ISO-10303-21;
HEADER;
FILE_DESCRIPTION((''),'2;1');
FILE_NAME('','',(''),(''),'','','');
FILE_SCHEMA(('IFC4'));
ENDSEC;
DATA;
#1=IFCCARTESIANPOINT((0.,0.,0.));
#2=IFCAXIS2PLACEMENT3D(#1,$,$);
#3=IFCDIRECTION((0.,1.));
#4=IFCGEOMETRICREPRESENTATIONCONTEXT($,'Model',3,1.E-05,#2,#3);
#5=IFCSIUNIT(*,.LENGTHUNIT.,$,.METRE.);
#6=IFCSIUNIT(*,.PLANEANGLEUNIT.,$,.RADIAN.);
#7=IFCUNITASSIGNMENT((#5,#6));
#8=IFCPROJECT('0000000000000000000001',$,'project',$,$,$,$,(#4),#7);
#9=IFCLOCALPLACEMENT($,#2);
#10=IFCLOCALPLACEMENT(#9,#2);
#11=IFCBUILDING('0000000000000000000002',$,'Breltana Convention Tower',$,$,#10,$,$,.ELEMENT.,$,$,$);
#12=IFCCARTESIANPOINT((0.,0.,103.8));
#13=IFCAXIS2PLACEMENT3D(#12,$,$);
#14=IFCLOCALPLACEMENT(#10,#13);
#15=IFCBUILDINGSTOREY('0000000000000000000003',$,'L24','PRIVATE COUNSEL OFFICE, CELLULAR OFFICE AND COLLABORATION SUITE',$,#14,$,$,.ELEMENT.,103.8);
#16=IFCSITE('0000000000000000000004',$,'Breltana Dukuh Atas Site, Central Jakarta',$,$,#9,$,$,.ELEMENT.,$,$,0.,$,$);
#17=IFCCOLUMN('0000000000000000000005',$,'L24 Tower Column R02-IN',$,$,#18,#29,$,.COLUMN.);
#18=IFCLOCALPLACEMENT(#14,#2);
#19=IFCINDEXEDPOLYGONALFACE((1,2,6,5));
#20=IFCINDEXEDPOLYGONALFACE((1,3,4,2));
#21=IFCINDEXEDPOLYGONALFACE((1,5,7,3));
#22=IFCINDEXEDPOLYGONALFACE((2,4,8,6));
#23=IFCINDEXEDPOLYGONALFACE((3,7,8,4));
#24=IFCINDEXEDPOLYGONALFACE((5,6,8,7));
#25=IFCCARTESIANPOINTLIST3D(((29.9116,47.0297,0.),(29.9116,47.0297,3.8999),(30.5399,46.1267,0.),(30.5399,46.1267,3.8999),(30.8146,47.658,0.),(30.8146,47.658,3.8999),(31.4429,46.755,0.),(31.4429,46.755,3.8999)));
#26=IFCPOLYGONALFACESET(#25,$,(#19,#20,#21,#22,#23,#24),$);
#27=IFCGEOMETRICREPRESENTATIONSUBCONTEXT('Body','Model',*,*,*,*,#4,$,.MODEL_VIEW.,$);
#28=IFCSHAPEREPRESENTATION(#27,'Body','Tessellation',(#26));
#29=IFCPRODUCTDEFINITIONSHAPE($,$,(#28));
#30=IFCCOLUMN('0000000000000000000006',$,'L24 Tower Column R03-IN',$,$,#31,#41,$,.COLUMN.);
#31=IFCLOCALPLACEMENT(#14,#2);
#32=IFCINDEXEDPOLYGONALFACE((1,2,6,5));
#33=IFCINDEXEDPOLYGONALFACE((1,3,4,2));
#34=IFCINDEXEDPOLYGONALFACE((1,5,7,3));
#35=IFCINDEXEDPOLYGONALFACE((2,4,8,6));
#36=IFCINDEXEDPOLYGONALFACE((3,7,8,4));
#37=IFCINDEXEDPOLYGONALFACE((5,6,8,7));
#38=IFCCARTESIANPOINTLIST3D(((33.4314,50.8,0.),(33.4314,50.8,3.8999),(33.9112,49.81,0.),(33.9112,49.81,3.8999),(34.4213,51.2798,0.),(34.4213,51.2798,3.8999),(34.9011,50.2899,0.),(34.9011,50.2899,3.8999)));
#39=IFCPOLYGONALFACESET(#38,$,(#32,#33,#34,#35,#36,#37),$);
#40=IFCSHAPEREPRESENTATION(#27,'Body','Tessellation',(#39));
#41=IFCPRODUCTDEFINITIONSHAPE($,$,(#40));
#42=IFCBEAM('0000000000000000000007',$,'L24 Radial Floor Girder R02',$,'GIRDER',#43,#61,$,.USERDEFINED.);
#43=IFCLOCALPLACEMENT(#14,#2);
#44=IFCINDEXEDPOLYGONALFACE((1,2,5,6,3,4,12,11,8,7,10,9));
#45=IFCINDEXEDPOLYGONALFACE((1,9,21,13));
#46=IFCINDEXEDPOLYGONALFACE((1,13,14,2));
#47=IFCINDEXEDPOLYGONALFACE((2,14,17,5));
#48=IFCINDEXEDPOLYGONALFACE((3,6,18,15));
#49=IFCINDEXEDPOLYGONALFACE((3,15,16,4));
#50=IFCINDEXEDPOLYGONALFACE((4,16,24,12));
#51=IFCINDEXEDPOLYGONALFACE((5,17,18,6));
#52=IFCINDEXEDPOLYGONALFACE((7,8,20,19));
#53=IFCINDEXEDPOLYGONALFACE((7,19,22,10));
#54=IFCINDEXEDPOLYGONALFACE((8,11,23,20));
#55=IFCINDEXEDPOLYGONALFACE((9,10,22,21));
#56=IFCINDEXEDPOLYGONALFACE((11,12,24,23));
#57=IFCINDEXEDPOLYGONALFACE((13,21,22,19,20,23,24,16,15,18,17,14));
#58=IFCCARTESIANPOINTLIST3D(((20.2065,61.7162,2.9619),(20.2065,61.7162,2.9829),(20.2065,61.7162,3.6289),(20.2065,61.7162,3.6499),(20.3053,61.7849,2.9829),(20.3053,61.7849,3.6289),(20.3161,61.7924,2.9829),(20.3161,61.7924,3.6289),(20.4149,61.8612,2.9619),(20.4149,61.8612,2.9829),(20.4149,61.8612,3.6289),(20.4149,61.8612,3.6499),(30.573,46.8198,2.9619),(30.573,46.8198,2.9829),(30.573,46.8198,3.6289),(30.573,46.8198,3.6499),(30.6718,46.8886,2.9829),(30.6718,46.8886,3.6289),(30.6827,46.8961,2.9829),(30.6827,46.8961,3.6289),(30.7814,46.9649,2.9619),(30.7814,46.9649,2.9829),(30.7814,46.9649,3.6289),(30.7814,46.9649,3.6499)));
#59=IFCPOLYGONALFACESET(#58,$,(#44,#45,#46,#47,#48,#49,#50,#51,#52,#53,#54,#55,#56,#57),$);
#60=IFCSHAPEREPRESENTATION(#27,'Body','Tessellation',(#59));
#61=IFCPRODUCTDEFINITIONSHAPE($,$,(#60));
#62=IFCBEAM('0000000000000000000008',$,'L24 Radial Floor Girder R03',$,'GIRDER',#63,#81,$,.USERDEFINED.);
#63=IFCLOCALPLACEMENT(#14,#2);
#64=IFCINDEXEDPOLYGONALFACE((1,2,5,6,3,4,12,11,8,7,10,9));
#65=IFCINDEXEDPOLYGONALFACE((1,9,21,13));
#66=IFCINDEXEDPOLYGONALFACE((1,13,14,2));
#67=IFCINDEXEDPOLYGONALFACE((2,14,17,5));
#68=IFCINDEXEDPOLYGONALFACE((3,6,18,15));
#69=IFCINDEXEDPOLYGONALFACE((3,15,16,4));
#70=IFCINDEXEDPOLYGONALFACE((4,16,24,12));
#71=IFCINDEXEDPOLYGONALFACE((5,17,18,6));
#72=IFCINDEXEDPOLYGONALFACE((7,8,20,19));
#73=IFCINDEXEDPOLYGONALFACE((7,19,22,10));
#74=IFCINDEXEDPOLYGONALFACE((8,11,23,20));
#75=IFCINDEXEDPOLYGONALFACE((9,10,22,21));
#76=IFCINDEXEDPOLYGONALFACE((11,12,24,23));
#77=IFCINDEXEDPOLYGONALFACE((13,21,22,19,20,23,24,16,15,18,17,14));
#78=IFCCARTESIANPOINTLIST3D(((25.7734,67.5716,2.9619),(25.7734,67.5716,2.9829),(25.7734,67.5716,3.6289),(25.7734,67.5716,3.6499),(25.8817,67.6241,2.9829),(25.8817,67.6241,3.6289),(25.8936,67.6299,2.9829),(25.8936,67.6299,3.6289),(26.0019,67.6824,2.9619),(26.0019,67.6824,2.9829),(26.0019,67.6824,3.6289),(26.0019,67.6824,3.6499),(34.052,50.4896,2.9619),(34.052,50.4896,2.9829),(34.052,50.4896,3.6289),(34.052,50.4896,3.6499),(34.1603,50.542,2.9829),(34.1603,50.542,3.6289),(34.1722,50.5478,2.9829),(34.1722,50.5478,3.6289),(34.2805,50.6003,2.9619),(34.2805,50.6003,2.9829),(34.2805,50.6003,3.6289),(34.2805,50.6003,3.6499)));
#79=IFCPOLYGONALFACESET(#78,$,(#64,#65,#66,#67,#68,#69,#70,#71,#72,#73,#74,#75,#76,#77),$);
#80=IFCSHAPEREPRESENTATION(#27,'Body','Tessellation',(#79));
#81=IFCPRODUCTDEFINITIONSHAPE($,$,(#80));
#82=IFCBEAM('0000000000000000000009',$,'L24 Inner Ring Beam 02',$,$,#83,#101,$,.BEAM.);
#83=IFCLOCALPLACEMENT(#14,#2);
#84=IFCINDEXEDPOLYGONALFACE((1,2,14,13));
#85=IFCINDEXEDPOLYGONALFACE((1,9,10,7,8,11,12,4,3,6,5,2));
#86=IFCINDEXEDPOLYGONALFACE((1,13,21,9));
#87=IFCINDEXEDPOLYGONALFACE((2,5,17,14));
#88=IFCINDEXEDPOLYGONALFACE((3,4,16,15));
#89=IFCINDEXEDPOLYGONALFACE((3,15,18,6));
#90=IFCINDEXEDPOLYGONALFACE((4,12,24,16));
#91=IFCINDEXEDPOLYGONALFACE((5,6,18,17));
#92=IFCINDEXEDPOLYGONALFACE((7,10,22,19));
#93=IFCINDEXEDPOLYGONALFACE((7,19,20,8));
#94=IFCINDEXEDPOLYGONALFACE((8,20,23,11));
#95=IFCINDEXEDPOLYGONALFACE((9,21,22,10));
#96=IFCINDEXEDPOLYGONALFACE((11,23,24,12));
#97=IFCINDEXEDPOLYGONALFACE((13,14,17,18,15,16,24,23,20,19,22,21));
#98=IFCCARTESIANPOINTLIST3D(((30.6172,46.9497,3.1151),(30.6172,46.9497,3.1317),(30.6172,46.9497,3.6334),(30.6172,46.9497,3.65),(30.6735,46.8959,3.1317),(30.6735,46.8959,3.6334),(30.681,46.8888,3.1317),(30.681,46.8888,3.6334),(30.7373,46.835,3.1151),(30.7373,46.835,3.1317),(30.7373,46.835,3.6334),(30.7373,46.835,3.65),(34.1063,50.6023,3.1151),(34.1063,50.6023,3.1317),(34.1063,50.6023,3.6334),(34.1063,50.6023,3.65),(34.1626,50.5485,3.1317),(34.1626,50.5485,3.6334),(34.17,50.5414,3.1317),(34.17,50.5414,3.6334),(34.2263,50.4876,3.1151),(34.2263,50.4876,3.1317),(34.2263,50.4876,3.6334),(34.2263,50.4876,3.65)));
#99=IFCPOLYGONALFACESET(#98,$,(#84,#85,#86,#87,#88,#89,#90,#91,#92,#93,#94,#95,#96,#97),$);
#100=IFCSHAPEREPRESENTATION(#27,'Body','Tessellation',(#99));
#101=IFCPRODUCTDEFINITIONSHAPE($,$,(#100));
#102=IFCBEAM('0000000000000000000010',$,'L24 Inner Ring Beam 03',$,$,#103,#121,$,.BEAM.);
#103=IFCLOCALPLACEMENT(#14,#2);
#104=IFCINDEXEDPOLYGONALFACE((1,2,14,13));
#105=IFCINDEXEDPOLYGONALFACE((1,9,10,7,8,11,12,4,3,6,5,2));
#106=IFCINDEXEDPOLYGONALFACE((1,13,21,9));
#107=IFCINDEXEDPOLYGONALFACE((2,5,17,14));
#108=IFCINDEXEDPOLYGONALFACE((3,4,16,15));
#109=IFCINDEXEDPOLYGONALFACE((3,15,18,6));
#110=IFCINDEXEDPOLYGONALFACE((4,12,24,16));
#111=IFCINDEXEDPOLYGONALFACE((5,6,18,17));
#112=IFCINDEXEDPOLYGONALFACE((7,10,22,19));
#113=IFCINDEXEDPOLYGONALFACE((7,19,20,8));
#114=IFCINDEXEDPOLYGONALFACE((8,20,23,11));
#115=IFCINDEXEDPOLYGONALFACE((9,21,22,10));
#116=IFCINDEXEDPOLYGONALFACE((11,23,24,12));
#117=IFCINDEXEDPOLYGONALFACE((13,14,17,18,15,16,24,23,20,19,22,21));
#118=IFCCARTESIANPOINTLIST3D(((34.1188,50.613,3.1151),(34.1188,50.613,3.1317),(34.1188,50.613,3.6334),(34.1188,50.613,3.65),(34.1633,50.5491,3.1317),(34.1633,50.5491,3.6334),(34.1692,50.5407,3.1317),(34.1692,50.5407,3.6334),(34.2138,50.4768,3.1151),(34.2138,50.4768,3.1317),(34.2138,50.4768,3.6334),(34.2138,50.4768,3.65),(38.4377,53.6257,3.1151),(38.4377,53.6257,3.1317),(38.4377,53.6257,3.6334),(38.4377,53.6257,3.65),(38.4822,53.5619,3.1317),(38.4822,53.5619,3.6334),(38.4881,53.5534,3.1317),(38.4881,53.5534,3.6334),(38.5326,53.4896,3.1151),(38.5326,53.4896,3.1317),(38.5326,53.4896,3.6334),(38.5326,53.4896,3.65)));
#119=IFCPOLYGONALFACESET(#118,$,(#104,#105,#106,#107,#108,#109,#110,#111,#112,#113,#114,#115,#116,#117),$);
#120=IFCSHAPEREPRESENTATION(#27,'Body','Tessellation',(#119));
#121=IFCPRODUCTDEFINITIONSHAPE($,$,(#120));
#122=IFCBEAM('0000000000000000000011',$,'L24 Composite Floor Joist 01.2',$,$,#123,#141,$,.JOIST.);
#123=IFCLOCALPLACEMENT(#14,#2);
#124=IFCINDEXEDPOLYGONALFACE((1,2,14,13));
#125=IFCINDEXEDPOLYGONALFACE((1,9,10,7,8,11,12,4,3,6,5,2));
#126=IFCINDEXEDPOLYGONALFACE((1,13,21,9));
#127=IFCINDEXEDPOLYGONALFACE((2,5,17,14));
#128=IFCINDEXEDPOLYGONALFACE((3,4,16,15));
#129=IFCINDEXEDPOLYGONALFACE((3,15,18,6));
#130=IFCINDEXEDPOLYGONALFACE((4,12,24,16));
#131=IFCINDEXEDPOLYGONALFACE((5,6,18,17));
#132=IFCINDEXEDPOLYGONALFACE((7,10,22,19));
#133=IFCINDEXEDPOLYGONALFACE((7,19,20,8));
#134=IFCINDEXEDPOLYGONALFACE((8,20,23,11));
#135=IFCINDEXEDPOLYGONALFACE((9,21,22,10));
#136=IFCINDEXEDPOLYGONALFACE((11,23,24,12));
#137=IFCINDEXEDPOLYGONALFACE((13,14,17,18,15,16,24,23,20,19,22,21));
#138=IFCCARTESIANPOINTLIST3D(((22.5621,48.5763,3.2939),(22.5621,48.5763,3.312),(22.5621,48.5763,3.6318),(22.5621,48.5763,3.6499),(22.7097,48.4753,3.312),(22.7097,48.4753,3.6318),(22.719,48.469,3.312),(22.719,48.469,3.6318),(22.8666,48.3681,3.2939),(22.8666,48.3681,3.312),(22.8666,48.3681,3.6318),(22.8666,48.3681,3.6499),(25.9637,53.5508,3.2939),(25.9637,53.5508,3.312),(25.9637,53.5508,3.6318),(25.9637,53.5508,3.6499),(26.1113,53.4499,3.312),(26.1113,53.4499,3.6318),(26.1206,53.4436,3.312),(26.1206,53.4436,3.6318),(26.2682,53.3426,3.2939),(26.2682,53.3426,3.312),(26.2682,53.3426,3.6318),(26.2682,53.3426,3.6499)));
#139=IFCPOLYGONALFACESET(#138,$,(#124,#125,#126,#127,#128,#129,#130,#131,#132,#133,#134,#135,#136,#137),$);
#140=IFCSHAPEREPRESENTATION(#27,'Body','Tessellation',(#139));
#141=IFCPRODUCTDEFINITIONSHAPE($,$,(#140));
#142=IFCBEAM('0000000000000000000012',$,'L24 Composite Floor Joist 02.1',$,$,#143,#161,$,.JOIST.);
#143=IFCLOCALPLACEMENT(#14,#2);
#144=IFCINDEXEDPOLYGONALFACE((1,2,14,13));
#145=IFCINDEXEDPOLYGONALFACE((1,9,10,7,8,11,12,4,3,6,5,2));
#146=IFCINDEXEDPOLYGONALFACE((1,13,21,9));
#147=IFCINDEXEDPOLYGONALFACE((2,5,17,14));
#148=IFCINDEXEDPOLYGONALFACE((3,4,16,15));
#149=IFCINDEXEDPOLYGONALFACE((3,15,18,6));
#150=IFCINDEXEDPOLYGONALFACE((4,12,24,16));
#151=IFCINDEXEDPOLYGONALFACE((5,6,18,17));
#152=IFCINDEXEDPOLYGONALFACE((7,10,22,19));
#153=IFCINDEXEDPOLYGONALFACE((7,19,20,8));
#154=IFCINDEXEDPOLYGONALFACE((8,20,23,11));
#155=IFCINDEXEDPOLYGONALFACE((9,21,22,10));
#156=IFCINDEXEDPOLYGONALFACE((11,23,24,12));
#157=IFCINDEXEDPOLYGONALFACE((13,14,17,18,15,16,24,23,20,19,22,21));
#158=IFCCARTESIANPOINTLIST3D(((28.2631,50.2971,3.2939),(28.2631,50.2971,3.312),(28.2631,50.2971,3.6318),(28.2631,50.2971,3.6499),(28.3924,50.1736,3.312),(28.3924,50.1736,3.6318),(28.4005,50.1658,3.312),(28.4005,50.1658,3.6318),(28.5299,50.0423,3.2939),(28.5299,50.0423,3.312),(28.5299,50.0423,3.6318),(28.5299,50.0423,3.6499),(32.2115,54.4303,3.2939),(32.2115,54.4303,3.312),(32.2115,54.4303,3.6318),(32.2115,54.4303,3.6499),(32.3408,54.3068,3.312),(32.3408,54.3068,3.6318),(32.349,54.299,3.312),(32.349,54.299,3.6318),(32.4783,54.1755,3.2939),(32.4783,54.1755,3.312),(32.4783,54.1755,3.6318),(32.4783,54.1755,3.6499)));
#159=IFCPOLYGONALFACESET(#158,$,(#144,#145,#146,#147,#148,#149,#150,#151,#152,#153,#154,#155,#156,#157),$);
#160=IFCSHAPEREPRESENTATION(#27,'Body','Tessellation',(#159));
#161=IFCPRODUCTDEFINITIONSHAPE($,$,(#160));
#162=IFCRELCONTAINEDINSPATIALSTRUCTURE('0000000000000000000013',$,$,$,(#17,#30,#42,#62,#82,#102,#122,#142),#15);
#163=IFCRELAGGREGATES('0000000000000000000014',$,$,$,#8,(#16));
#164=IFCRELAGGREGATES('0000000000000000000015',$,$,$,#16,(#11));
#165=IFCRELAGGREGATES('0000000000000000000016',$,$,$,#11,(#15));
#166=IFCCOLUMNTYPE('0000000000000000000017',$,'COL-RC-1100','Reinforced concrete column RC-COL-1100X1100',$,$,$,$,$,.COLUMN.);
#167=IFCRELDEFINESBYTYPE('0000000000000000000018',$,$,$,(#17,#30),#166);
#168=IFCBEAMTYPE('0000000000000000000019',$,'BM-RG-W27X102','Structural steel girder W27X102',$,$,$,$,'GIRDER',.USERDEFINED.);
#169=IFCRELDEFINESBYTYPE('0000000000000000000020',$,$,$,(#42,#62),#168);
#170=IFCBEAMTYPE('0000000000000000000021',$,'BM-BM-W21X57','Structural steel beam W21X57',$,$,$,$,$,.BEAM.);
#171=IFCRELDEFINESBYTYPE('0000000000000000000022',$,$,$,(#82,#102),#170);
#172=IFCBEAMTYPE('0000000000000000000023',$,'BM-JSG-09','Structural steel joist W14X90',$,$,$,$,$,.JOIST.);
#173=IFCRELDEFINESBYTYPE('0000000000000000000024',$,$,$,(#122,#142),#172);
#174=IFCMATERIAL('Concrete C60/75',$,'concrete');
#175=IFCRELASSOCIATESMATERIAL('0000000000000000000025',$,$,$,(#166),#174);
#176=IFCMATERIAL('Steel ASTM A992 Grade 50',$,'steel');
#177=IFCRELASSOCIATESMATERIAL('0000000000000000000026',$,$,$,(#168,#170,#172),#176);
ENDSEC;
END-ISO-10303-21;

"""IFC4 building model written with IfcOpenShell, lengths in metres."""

from ifc_helpers import new_model, si_unit, direction, frame, origin, origin_2d, place, context, subcontext, project, spatial, rectangle, i_section, extrude, source, transform, mapped, material, material_profile, profile_set, type_object, element, save


model = new_model("IFC4")

# Units and contexts
model_context = context("Model", 3, precision=1e-05, world=origin(), true_north=direction((0.0, 1.0)))
body_context = subcontext(model_context, "Body", "Model", "MODEL_VIEW")
ifc_project = project(units=[si_unit("LENGTHUNIT", "METRE"), si_unit("PLANEANGLEUNIT", "RADIAN")], contexts=[model_context])

# Site, building, storey
site_placement = place(None, origin())
site = spatial("IfcSite", under=ifc_project, at=site_placement, Name="Breltana Dukuh Atas Site, Central Jakarta", CompositionType="ELEMENT", RefElevation=0.0)
building_placement = place(site_placement, origin())
building = spatial("IfcBuilding", under=site, at=building_placement, Name="Breltana Convention Tower", CompositionType="ELEMENT")
storey_placement = place(building_placement, frame((0.0, 0.0, 103.8)))
storey = spatial("IfcBuildingStorey", under=building, at=storey_placement, Name="L24", Description="PRIVATE COUNSEL OFFICE, CELLULAR OFFICE AND COLLABORATION SUITE", CompositionType="ELEMENT", Elevation=103.8)

# Columns
ifc_material_1 = material(Name="Concrete C60/75", Category="concrete")
ifc_material_profile_1 = material_profile(ifc_material_1, rectangle(XDim=1.1001, YDim=1.1001, at=origin_2d()), Name="RC-COL-1100X1100")
ifc_profile_set_1 = profile_set([ifc_material_profile_1], Name="Concrete C60/75")
column_type = type_object("IfcColumnType", Name="COL-RC-1100", Description="Reinforced concrete column RC-COL-1100X1100", PredefinedType="COLUMN", material=ifc_profile_set_1)
shared_shape_1 = source(origin(), body_context, "Body", "SweptSolid", [
    extrude(rectangle(XDim=1.1001, YDim=1.1001, at=origin_2d()), origin(), (0.0, 0.0, 1.0), 3.8999),
])
for number, where, z_axis, x_axis, name in (
    (1, (30.6772, 46.8923, 0.0), (0.0, 0.0, 1.0), (-0.571143, 0.82085, 0.0), "L24 Tower Column R02-IN"),
    (2, (34.1663, 50.5449, 0.0), (0.0, 0.0, 1.0), (-0.436174, 0.899863, 0.0), "L24 Tower Column R03-IN"),
):
    element("IfcColumn", number, at=place(storey_placement, frame(where, z_axis=z_axis, x_axis=x_axis)), inside=storey, type_object=column_type, Name=name, PredefinedType="COLUMN", context=body_context, shape_type="MappedRepresentation", body=[
        mapped(shared_shape_1, transform((0.0, 0.0, 0.0), scale=1.0)),
    ])

# Beams
ifc_material_2 = material(Name="Steel ASTM A992 Grade 50", Category="steel")
ifc_material_profile_2 = material_profile(ifc_material_2, i_section(OverallWidth=0.2539, OverallDepth=0.688, WebThickness=0.0132, FlangeThickness=0.021, at=origin_2d()), Name="W27X102")
ifc_profile_set_2 = profile_set([ifc_material_profile_2], Name="Steel ASTM A992 Grade 50")
beam_type_1 = type_object("IfcBeamType", Name="BM-RG-W27X102", Description="Structural steel girder W27X102", ElementType="GIRDER", PredefinedType="USERDEFINED", material=ifc_profile_set_2)
shared_shape_2 = source(origin(), body_context, "Body", "SweptSolid", [
    extrude(i_section(OverallWidth=0.2539, OverallDepth=0.688, WebThickness=0.0132, FlangeThickness=0.021, at=origin_2d()), origin(), (0.0, 0.0, 1.0), 18.1484),
])
beam_1_placement = place(storey_placement, frame((30.6772, 46.8923, 3.3059), z_axis=(-0.571208, 0.820806, 0.0), x_axis=(-0.820806, -0.571208, 0.0)))
element("IfcBeam", 3, at=beam_1_placement, inside=storey, type_object=beam_type_1, Name="L24 Radial Floor Girder R02", ObjectType="GIRDER", PredefinedType="USERDEFINED", context=body_context, shape_type="MappedRepresentation", body=[
    mapped(shared_shape_2, transform((0.0, 0.0, 0.0), scale=1.0)),
])
shared_shape_3 = source(origin(), body_context, "Body", "SweptSolid", [
    extrude(i_section(OverallWidth=0.2539, OverallDepth=0.688, WebThickness=0.0132, FlangeThickness=0.021, at=origin_2d()), origin(), (0.0, 0.0, 1.0), 18.9824),
])
beam_2_placement = place(storey_placement, frame((34.1663, 50.5449, 3.3059), z_axis=(-0.436119, 0.899889, 0.0), x_axis=(-0.899889, -0.436119, 0.0)))
element("IfcBeam", 4, at=beam_2_placement, inside=storey, type_object=beam_type_1, Name="L24 Radial Floor Girder R03", ObjectType="GIRDER", PredefinedType="USERDEFINED", context=body_context, shape_type="MappedRepresentation", body=[
    mapped(shared_shape_3, transform((0.0, 0.0, 0.0), scale=1.0)),
])
ifc_material_profile_3 = material_profile(ifc_material_2, i_section(OverallWidth=0.166, OverallDepth=0.5349, WebThickness=0.0103, FlangeThickness=0.0166, at=origin_2d()), Name="W21X57")
ifc_profile_set_3 = profile_set([ifc_material_profile_3], Name="Steel ASTM A992 Grade 50")
beam_type_2 = type_object("IfcBeamType", Name="BM-BM-W21X57", Description="Structural steel beam W21X57", PredefinedType="BEAM", material=ifc_profile_set_3)
shared_shape_4 = source(origin(), body_context, "Body", "SweptSolid", [
    extrude(i_section(OverallWidth=0.166, OverallDepth=0.5349, WebThickness=0.0103, FlangeThickness=0.0166, at=origin_2d()), origin(), (0.0, 0.0, 1.0), 5.0513),
])
beam_3_placement = place(storey_placement, frame((30.6772, 46.8923, 3.3826), z_axis=(0.69073, 0.723113, 0.0), x_axis=(-0.723113, 0.69073, 0.0)))
element("IfcBeam", 5, at=beam_3_placement, inside=storey, type_object=beam_type_2, Name="L24 Inner Ring Beam 02", PredefinedType="BEAM", context=body_context, shape_type="MappedRepresentation", body=[
    mapped(shared_shape_4, transform((0.0, 0.0, 0.0), scale=1.0)),
])
shared_shape_5 = source(origin(), body_context, "Body", "SweptSolid", [
    extrude(i_section(OverallWidth=0.166, OverallDepth=0.5349, WebThickness=0.0103, FlangeThickness=0.0166, at=origin_2d()), origin(), (0.0, 0.0, 1.0), 5.2659),
])
beam_4_placement = place(storey_placement, frame((34.1663, 50.5449, 3.3826), z_axis=(0.820167, 0.572124, 0.0), x_axis=(-0.572124, 0.820167, 0.0)))
element("IfcBeam", 6, at=beam_4_placement, inside=storey, type_object=beam_type_2, Name="L24 Inner Ring Beam 03", PredefinedType="BEAM", context=body_context, shape_type="MappedRepresentation", body=[
    mapped(shared_shape_5, transform((0.0, 0.0, 0.0), scale=1.0)),
])
ifc_material_profile_4 = material_profile(ifc_material_2, i_section(OverallWidth=0.3689, OverallDepth=0.356, WebThickness=0.0112, FlangeThickness=0.0181, at=origin_2d()), Name="W14X90")
ifc_profile_set_4 = profile_set([ifc_material_profile_4], Name="Steel ASTM A992 Grade 50")
beam_type_3 = type_object("IfcBeamType", Name="BM-JSG-09", Description="Structural steel joist W14X90", PredefinedType="JOIST", material=ifc_profile_set_4)
shared_shape_6 = source(origin(), body_context, "Body", "SweptSolid", [
    extrude(i_section(OverallWidth=0.3689, OverallDepth=0.356, WebThickness=0.0112, FlangeThickness=0.0181, at=origin_2d()), origin(), (0.0, 0.0, 1.0), 6.0264),
])
beam_5_placement = place(storey_placement, frame((22.7144, 48.4722, 3.4719), z_axis=(0.56445, 0.825467, 0.0), x_axis=(-0.825467, 0.56445, 0.0)))
element("IfcBeam", 7, at=beam_5_placement, inside=storey, type_object=beam_type_3, Name="L24 Composite Floor Joist 01.2", PredefinedType="JOIST", context=body_context, shape_type="MappedRepresentation", body=[
    mapped(shared_shape_6, transform((0.0, 0.0, 0.0), scale=1.0)),
])
shared_shape_7 = source(origin(), body_context, "Body", "SweptSolid", [
    extrude(i_section(OverallWidth=0.3689, OverallDepth=0.356, WebThickness=0.0112, FlangeThickness=0.0181, at=origin_2d()), origin(), (0.0, 0.0, 1.0), 5.7161),
])
beam_6_placement = place(storey_placement, frame((28.3965, 50.1697, 3.4719), z_axis=(0.690756, 0.723088, 0.0), x_axis=(-0.723088, 0.690756, 0.0)))
element("IfcBeam", 8, at=beam_6_placement, inside=storey, type_object=beam_type_3, Name="L24 Composite Floor Joist 02.1", PredefinedType="JOIST", context=body_context, shape_type="MappedRepresentation", body=[
    mapped(shared_shape_7, transform((0.0, 0.0, 0.0), scale=1.0)),
])

save(model, "model.ifc")
